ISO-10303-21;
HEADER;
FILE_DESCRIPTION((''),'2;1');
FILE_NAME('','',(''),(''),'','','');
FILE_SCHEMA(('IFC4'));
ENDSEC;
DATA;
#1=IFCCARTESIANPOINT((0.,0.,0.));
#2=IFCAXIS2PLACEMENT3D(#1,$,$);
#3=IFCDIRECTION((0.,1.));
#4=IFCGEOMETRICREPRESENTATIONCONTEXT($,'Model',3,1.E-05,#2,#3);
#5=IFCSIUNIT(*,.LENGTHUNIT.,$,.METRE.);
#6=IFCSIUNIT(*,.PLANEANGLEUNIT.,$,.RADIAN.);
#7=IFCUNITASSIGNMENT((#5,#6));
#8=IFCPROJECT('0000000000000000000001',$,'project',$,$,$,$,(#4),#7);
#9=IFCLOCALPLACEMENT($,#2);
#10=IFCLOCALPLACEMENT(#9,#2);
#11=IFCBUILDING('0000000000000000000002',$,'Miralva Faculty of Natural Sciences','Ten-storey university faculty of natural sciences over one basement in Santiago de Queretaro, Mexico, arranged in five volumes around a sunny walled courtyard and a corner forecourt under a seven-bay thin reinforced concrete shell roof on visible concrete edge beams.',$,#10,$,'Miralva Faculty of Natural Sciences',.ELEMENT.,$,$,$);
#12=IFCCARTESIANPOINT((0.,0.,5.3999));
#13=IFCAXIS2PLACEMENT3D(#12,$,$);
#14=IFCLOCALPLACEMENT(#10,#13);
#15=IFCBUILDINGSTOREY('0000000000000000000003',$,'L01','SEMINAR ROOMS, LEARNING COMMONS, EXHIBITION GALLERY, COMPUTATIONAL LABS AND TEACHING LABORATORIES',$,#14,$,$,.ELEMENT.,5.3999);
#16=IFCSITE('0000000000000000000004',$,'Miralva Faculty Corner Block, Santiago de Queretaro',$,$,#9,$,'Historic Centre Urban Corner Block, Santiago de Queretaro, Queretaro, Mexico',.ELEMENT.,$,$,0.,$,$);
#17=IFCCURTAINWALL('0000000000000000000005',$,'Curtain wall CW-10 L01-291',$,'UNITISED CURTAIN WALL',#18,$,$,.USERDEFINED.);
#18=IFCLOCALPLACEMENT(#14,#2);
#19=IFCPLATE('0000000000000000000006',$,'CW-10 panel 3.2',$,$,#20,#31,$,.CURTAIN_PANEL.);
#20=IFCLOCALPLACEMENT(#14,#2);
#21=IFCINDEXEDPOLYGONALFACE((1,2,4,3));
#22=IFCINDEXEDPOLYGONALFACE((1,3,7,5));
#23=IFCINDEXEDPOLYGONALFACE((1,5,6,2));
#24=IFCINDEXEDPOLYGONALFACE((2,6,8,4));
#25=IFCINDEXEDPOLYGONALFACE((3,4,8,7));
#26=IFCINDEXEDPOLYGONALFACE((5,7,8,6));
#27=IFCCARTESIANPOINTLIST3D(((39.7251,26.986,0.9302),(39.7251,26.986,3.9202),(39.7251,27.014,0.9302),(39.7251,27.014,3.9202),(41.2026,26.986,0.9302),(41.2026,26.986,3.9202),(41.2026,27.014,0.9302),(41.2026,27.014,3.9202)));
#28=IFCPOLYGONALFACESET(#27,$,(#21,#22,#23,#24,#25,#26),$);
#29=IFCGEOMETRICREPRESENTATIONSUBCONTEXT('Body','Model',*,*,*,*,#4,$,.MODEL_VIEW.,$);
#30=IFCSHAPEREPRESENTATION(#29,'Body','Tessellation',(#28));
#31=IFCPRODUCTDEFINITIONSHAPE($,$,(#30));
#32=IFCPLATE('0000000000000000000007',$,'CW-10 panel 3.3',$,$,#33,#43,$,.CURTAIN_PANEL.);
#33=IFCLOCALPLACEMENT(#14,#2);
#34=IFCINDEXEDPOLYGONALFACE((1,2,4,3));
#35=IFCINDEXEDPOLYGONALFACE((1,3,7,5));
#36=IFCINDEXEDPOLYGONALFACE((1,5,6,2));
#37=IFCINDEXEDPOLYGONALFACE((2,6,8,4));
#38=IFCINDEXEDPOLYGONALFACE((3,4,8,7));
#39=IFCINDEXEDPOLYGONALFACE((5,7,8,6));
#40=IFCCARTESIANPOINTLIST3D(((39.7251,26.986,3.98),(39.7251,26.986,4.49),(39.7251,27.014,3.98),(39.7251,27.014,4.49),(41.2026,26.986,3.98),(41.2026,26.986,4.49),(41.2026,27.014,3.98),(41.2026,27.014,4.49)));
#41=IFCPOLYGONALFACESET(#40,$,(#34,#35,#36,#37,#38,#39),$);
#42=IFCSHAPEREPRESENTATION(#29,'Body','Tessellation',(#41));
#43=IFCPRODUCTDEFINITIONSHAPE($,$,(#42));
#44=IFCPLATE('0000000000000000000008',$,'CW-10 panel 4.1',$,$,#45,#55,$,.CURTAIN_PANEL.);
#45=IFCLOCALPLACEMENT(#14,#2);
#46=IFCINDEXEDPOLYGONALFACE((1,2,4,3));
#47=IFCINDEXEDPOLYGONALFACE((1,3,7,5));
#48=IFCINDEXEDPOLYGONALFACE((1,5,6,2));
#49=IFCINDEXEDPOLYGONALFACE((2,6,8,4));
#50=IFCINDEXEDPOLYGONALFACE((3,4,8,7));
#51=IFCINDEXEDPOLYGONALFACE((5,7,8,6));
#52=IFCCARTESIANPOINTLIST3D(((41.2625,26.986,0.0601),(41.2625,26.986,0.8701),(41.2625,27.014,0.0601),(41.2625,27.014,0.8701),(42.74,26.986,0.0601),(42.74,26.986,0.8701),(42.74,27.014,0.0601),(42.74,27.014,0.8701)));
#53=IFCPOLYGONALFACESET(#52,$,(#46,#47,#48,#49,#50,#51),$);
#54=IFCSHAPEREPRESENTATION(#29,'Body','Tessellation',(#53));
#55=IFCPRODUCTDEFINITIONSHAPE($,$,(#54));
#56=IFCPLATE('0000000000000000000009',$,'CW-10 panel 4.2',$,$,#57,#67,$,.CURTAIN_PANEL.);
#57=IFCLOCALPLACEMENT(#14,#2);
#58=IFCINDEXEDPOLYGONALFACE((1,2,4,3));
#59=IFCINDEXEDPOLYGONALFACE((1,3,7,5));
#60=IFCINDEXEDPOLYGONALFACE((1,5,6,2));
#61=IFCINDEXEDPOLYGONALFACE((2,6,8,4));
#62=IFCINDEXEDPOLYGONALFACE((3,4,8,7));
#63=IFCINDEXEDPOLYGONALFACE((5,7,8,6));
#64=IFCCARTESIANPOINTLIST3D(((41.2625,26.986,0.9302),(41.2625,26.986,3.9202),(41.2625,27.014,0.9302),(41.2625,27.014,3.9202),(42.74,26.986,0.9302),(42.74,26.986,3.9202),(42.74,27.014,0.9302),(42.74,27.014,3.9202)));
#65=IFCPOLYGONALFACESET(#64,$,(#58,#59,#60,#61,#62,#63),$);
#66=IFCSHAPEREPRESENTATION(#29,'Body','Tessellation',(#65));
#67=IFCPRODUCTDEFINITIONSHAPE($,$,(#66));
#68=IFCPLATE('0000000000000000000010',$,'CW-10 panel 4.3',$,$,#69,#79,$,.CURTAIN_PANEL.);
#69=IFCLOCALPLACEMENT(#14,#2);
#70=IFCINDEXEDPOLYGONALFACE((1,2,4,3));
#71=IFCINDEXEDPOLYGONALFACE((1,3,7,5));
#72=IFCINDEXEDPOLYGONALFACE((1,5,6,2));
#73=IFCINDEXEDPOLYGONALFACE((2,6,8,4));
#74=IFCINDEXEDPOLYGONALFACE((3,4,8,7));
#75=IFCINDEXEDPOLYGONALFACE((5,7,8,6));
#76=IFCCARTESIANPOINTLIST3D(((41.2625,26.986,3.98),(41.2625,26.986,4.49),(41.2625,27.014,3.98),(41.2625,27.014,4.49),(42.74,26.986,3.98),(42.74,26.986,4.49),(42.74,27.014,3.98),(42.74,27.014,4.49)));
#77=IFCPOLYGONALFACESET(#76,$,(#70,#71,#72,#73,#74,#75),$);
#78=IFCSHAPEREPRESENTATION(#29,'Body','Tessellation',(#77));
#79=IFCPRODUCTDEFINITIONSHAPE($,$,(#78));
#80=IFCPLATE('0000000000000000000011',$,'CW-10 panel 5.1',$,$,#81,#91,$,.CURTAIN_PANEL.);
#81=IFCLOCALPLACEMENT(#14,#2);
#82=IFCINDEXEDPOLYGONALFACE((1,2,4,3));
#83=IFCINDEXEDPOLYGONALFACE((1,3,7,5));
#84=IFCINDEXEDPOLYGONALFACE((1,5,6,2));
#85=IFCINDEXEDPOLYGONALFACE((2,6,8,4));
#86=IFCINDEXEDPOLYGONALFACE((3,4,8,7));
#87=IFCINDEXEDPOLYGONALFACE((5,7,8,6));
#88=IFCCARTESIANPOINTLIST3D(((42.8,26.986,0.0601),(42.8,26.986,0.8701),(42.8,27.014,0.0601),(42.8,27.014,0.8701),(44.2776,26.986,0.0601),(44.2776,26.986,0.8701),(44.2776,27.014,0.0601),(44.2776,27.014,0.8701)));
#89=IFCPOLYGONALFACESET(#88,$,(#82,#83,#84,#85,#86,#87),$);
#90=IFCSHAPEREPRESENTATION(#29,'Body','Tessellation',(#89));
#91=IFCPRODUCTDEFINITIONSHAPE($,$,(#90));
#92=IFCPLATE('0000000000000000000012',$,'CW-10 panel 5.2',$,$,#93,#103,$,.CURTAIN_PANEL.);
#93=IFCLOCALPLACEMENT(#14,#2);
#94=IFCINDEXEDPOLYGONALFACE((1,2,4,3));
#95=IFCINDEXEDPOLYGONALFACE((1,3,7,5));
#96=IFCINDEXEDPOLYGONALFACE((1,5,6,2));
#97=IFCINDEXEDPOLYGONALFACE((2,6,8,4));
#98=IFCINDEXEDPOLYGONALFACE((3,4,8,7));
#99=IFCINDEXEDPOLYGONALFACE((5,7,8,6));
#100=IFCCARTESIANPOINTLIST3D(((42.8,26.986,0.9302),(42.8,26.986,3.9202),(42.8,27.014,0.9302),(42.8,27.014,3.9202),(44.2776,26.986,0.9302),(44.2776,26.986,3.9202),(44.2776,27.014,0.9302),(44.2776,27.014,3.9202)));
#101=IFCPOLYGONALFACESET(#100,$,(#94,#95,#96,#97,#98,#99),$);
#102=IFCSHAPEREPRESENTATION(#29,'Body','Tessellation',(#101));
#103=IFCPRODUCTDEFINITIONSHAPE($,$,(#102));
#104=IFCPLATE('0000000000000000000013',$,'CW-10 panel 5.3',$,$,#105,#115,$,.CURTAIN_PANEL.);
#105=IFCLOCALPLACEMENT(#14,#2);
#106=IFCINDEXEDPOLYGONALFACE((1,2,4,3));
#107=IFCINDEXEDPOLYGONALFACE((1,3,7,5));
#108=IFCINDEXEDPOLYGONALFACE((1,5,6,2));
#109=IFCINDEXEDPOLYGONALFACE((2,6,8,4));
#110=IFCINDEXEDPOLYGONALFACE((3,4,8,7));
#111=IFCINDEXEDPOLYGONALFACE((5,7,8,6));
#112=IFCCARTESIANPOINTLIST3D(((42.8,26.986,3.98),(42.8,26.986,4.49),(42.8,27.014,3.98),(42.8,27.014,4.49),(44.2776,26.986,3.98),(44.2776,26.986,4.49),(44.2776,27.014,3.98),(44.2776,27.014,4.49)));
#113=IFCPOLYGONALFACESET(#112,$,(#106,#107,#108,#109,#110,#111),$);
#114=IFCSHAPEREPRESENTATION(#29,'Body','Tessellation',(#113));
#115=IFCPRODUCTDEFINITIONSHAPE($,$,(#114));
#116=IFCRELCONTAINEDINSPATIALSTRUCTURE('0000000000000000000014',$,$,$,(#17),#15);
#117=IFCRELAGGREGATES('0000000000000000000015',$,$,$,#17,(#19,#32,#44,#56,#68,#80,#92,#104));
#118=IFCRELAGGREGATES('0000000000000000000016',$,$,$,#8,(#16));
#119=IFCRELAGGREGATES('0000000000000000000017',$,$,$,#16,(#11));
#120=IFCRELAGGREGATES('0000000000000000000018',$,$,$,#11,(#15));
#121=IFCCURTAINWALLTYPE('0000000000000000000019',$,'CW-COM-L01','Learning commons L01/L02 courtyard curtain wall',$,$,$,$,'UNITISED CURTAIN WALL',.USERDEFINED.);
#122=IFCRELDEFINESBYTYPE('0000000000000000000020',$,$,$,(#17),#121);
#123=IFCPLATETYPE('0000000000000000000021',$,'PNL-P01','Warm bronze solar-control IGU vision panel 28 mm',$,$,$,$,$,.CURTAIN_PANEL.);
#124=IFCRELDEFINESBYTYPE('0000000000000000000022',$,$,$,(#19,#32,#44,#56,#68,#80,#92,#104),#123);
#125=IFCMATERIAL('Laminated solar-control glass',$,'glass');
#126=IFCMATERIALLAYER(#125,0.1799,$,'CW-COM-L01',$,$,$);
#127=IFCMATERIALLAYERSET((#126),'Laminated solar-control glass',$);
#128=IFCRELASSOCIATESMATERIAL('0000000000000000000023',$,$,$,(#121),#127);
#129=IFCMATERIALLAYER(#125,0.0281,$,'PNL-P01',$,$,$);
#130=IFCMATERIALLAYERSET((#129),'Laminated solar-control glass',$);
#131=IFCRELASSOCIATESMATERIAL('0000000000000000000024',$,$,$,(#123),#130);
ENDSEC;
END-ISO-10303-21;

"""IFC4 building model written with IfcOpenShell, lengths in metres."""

from ifc_helpers import new_model, si_unit, direction, frame, origin, origin_2d, place, context, subcontext, project, spatial, rectangle, extrude, material, layer, layer_set, type_object, element, aggregate, save


model = new_model("IFC4")

# Units and contexts
model_context = context("Model", 3, precision=1e-05, world=origin(), true_north=direction((0.0, 1.0)))
body_context = subcontext(model_context, "Body", "Model", "MODEL_VIEW")
ifc_project = project(units=[si_unit("LENGTHUNIT", "METRE"), si_unit("PLANEANGLEUNIT", "RADIAN")], contexts=[model_context])

# Site, building, storey
site_placement = place(None, origin())
site = spatial("IfcSite", under=ifc_project, at=site_placement, Name="Miralva Faculty Corner Block, Santiago de Queretaro", LongName="Historic Centre Urban Corner Block, Santiago de Queretaro, Queretaro, Mexico", CompositionType="ELEMENT", RefElevation=0.0)
building_placement = place(site_placement, origin())
building = spatial("IfcBuilding", under=site, at=building_placement, Name="Miralva Faculty of Natural Sciences", Description="Ten-storey university faculty of natural sciences over one basement in Santiago de Queretaro, Mexico, arranged in five volumes around a sunny walled courtyard and a corner forecourt under a seven-bay thin reinforced concrete shell roof on visible concrete edge beams.", LongName="Miralva Faculty of Natural Sciences", CompositionType="ELEMENT")
storey_placement = place(building_placement, frame((0.0, 0.0, 5.3999)))
storey = spatial("IfcBuildingStorey", under=building, at=storey_placement, Name="L01", Description="SEMINAR ROOMS, LEARNING COMMONS, EXHIBITION GALLERY, COMPUTATIONAL LABS AND TEACHING LABORATORIES", CompositionType="ELEMENT", Elevation=5.3999)

# Curtain wall, plates
ifc_material_1 = material(Name="Laminated solar-control glass", Category="glass")
ifc_layer_1 = layer(ifc_material_1, 0.1799, Name="CW-COM-L01")
ifc_layer_set_1 = layer_set([ifc_layer_1], Name="Laminated solar-control glass")
curtain_wall_type = type_object("IfcCurtainWallType", Name="CW-COM-L01", Description="Learning commons L01/L02 courtyard curtain wall", ElementType="UNITISED CURTAIN WALL", PredefinedType="USERDEFINED", material=ifc_layer_set_1)
curtain_wall_placement = place(storey_placement, origin())
curtain_wall = element("IfcCurtainWall", 1, at=curtain_wall_placement, inside=storey, type_object=curtain_wall_type, Name="Curtain wall CW-10 L01-291", ObjectType="UNITISED CURTAIN WALL", PredefinedType="USERDEFINED")
ifc_layer_2 = layer(ifc_material_1, 0.0281, Name="PNL-P01")
ifc_layer_set_2 = layer_set([ifc_layer_2], Name="Laminated solar-control glass")
plate_type = type_object("IfcPlateType", Name="PNL-P01", Description="Warm bronze solar-control IGU vision panel 28 mm", PredefinedType="CURTAIN_PANEL", material=ifc_layer_set_2)
plate_1_placement = place(storey_placement, frame((40.4639, 27.0, 0.9302), z_axis=(0.0, 0.0, 1.0), x_axis=(1.0, 0.0, 0.0)))
plate_1 = element("IfcPlate", 2, at=plate_1_placement, type_object=plate_type, Name="CW-10 panel 3.2", PredefinedType="CURTAIN_PANEL", context=body_context, shape_type="SweptSolid", body=[
    extrude(rectangle(XDim=1.4775, YDim=0.0281, at=origin_2d()), origin(), (0.0, 0.0, 1.0), 2.99),
])
plate_2_placement = place(storey_placement, frame((40.4639, 27.0, 3.98), z_axis=(0.0, 0.0, 1.0), x_axis=(1.0, 0.0, 0.0)))
plate_2 = element("IfcPlate", 3, at=plate_2_placement, type_object=plate_type, Name="CW-10 panel 3.3", PredefinedType="CURTAIN_PANEL", context=body_context, shape_type="SweptSolid", body=[
    extrude(rectangle(XDim=1.4775, YDim=0.0281, at=origin_2d()), origin(), (0.0, 0.0, 1.0), 0.51),
])
plate_3_placement = place(storey_placement, frame((42.0012, 27.0, 0.0601), z_axis=(0.0, 0.0, 1.0), x_axis=(1.0, 0.0, 0.0)))
plate_3 = element("IfcPlate", 4, at=plate_3_placement, type_object=plate_type, Name="CW-10 panel 4.1", PredefinedType="CURTAIN_PANEL", context=body_context, shape_type="SweptSolid", body=[
    extrude(rectangle(XDim=1.4775, YDim=0.0281, at=origin_2d()), origin(), (0.0, 0.0, 1.0), 0.8101),
])
plate_4_placement = place(storey_placement, frame((42.0012, 27.0, 0.9302), z_axis=(0.0, 0.0, 1.0), x_axis=(1.0, 0.0, 0.0)))
plate_4 = element("IfcPlate", 5, at=plate_4_placement, type_object=plate_type, Name="CW-10 panel 4.2", PredefinedType="CURTAIN_PANEL", context=body_context, shape_type="SweptSolid", body=[
    extrude(rectangle(XDim=1.4775, YDim=0.0281, at=origin_2d()), origin(), (0.0, 0.0, 1.0), 2.99),
])
plate_5_placement = place(storey_placement, frame((42.0012, 27.0, 3.98), z_axis=(0.0, 0.0, 1.0), x_axis=(1.0, 0.0, 0.0)))
plate_5 = element("IfcPlate", 6, at=plate_5_placement, type_object=plate_type, Name="CW-10 panel 4.3", PredefinedType="CURTAIN_PANEL", context=body_context, shape_type="SweptSolid", body=[
    extrude(rectangle(XDim=1.4775, YDim=0.0281, at=origin_2d()), origin(), (0.0, 0.0, 1.0), 0.51),
])
plate_6_placement = place(storey_placement, frame((43.5388, 27.0, 0.0601), z_axis=(0.0, 0.0, 1.0), x_axis=(1.0, 0.0, 0.0)))
plate_6 = element("IfcPlate", 7, at=plate_6_placement, type_object=plate_type, Name="CW-10 panel 5.1", PredefinedType="CURTAIN_PANEL", context=body_context, shape_type="SweptSolid", body=[
    extrude(rectangle(XDim=1.4775, YDim=0.0281, at=origin_2d()), origin(), (0.0, 0.0, 1.0), 0.8101),
])
plate_7_placement = place(storey_placement, frame((43.5388, 27.0, 0.9302), z_axis=(0.0, 0.0, 1.0), x_axis=(1.0, 0.0, 0.0)))
plate_7 = element("IfcPlate", 8, at=plate_7_placement, type_object=plate_type, Name="CW-10 panel 5.2", PredefinedType="CURTAIN_PANEL", context=body_context, shape_type="SweptSolid", body=[
    extrude(rectangle(XDim=1.4775, YDim=0.0281, at=origin_2d()), origin(), (0.0, 0.0, 1.0), 2.99),
])
plate_8_placement = place(storey_placement, frame((43.5388, 27.0, 3.98), z_axis=(0.0, 0.0, 1.0), x_axis=(1.0, 0.0, 0.0)))
plate_8 = element("IfcPlate", 9, at=plate_8_placement, type_object=plate_type, Name="CW-10 panel 5.3", PredefinedType="CURTAIN_PANEL", context=body_context, shape_type="SweptSolid", body=[
    extrude(rectangle(XDim=1.4775, YDim=0.0281, at=origin_2d()), origin(), (0.0, 0.0, 1.0), 0.51),
])
aggregate(curtain_wall, [plate_1, plate_2, plate_3, plate_4, plate_5, plate_6, plate_7, plate_8])

save(model, "model.ifc")
